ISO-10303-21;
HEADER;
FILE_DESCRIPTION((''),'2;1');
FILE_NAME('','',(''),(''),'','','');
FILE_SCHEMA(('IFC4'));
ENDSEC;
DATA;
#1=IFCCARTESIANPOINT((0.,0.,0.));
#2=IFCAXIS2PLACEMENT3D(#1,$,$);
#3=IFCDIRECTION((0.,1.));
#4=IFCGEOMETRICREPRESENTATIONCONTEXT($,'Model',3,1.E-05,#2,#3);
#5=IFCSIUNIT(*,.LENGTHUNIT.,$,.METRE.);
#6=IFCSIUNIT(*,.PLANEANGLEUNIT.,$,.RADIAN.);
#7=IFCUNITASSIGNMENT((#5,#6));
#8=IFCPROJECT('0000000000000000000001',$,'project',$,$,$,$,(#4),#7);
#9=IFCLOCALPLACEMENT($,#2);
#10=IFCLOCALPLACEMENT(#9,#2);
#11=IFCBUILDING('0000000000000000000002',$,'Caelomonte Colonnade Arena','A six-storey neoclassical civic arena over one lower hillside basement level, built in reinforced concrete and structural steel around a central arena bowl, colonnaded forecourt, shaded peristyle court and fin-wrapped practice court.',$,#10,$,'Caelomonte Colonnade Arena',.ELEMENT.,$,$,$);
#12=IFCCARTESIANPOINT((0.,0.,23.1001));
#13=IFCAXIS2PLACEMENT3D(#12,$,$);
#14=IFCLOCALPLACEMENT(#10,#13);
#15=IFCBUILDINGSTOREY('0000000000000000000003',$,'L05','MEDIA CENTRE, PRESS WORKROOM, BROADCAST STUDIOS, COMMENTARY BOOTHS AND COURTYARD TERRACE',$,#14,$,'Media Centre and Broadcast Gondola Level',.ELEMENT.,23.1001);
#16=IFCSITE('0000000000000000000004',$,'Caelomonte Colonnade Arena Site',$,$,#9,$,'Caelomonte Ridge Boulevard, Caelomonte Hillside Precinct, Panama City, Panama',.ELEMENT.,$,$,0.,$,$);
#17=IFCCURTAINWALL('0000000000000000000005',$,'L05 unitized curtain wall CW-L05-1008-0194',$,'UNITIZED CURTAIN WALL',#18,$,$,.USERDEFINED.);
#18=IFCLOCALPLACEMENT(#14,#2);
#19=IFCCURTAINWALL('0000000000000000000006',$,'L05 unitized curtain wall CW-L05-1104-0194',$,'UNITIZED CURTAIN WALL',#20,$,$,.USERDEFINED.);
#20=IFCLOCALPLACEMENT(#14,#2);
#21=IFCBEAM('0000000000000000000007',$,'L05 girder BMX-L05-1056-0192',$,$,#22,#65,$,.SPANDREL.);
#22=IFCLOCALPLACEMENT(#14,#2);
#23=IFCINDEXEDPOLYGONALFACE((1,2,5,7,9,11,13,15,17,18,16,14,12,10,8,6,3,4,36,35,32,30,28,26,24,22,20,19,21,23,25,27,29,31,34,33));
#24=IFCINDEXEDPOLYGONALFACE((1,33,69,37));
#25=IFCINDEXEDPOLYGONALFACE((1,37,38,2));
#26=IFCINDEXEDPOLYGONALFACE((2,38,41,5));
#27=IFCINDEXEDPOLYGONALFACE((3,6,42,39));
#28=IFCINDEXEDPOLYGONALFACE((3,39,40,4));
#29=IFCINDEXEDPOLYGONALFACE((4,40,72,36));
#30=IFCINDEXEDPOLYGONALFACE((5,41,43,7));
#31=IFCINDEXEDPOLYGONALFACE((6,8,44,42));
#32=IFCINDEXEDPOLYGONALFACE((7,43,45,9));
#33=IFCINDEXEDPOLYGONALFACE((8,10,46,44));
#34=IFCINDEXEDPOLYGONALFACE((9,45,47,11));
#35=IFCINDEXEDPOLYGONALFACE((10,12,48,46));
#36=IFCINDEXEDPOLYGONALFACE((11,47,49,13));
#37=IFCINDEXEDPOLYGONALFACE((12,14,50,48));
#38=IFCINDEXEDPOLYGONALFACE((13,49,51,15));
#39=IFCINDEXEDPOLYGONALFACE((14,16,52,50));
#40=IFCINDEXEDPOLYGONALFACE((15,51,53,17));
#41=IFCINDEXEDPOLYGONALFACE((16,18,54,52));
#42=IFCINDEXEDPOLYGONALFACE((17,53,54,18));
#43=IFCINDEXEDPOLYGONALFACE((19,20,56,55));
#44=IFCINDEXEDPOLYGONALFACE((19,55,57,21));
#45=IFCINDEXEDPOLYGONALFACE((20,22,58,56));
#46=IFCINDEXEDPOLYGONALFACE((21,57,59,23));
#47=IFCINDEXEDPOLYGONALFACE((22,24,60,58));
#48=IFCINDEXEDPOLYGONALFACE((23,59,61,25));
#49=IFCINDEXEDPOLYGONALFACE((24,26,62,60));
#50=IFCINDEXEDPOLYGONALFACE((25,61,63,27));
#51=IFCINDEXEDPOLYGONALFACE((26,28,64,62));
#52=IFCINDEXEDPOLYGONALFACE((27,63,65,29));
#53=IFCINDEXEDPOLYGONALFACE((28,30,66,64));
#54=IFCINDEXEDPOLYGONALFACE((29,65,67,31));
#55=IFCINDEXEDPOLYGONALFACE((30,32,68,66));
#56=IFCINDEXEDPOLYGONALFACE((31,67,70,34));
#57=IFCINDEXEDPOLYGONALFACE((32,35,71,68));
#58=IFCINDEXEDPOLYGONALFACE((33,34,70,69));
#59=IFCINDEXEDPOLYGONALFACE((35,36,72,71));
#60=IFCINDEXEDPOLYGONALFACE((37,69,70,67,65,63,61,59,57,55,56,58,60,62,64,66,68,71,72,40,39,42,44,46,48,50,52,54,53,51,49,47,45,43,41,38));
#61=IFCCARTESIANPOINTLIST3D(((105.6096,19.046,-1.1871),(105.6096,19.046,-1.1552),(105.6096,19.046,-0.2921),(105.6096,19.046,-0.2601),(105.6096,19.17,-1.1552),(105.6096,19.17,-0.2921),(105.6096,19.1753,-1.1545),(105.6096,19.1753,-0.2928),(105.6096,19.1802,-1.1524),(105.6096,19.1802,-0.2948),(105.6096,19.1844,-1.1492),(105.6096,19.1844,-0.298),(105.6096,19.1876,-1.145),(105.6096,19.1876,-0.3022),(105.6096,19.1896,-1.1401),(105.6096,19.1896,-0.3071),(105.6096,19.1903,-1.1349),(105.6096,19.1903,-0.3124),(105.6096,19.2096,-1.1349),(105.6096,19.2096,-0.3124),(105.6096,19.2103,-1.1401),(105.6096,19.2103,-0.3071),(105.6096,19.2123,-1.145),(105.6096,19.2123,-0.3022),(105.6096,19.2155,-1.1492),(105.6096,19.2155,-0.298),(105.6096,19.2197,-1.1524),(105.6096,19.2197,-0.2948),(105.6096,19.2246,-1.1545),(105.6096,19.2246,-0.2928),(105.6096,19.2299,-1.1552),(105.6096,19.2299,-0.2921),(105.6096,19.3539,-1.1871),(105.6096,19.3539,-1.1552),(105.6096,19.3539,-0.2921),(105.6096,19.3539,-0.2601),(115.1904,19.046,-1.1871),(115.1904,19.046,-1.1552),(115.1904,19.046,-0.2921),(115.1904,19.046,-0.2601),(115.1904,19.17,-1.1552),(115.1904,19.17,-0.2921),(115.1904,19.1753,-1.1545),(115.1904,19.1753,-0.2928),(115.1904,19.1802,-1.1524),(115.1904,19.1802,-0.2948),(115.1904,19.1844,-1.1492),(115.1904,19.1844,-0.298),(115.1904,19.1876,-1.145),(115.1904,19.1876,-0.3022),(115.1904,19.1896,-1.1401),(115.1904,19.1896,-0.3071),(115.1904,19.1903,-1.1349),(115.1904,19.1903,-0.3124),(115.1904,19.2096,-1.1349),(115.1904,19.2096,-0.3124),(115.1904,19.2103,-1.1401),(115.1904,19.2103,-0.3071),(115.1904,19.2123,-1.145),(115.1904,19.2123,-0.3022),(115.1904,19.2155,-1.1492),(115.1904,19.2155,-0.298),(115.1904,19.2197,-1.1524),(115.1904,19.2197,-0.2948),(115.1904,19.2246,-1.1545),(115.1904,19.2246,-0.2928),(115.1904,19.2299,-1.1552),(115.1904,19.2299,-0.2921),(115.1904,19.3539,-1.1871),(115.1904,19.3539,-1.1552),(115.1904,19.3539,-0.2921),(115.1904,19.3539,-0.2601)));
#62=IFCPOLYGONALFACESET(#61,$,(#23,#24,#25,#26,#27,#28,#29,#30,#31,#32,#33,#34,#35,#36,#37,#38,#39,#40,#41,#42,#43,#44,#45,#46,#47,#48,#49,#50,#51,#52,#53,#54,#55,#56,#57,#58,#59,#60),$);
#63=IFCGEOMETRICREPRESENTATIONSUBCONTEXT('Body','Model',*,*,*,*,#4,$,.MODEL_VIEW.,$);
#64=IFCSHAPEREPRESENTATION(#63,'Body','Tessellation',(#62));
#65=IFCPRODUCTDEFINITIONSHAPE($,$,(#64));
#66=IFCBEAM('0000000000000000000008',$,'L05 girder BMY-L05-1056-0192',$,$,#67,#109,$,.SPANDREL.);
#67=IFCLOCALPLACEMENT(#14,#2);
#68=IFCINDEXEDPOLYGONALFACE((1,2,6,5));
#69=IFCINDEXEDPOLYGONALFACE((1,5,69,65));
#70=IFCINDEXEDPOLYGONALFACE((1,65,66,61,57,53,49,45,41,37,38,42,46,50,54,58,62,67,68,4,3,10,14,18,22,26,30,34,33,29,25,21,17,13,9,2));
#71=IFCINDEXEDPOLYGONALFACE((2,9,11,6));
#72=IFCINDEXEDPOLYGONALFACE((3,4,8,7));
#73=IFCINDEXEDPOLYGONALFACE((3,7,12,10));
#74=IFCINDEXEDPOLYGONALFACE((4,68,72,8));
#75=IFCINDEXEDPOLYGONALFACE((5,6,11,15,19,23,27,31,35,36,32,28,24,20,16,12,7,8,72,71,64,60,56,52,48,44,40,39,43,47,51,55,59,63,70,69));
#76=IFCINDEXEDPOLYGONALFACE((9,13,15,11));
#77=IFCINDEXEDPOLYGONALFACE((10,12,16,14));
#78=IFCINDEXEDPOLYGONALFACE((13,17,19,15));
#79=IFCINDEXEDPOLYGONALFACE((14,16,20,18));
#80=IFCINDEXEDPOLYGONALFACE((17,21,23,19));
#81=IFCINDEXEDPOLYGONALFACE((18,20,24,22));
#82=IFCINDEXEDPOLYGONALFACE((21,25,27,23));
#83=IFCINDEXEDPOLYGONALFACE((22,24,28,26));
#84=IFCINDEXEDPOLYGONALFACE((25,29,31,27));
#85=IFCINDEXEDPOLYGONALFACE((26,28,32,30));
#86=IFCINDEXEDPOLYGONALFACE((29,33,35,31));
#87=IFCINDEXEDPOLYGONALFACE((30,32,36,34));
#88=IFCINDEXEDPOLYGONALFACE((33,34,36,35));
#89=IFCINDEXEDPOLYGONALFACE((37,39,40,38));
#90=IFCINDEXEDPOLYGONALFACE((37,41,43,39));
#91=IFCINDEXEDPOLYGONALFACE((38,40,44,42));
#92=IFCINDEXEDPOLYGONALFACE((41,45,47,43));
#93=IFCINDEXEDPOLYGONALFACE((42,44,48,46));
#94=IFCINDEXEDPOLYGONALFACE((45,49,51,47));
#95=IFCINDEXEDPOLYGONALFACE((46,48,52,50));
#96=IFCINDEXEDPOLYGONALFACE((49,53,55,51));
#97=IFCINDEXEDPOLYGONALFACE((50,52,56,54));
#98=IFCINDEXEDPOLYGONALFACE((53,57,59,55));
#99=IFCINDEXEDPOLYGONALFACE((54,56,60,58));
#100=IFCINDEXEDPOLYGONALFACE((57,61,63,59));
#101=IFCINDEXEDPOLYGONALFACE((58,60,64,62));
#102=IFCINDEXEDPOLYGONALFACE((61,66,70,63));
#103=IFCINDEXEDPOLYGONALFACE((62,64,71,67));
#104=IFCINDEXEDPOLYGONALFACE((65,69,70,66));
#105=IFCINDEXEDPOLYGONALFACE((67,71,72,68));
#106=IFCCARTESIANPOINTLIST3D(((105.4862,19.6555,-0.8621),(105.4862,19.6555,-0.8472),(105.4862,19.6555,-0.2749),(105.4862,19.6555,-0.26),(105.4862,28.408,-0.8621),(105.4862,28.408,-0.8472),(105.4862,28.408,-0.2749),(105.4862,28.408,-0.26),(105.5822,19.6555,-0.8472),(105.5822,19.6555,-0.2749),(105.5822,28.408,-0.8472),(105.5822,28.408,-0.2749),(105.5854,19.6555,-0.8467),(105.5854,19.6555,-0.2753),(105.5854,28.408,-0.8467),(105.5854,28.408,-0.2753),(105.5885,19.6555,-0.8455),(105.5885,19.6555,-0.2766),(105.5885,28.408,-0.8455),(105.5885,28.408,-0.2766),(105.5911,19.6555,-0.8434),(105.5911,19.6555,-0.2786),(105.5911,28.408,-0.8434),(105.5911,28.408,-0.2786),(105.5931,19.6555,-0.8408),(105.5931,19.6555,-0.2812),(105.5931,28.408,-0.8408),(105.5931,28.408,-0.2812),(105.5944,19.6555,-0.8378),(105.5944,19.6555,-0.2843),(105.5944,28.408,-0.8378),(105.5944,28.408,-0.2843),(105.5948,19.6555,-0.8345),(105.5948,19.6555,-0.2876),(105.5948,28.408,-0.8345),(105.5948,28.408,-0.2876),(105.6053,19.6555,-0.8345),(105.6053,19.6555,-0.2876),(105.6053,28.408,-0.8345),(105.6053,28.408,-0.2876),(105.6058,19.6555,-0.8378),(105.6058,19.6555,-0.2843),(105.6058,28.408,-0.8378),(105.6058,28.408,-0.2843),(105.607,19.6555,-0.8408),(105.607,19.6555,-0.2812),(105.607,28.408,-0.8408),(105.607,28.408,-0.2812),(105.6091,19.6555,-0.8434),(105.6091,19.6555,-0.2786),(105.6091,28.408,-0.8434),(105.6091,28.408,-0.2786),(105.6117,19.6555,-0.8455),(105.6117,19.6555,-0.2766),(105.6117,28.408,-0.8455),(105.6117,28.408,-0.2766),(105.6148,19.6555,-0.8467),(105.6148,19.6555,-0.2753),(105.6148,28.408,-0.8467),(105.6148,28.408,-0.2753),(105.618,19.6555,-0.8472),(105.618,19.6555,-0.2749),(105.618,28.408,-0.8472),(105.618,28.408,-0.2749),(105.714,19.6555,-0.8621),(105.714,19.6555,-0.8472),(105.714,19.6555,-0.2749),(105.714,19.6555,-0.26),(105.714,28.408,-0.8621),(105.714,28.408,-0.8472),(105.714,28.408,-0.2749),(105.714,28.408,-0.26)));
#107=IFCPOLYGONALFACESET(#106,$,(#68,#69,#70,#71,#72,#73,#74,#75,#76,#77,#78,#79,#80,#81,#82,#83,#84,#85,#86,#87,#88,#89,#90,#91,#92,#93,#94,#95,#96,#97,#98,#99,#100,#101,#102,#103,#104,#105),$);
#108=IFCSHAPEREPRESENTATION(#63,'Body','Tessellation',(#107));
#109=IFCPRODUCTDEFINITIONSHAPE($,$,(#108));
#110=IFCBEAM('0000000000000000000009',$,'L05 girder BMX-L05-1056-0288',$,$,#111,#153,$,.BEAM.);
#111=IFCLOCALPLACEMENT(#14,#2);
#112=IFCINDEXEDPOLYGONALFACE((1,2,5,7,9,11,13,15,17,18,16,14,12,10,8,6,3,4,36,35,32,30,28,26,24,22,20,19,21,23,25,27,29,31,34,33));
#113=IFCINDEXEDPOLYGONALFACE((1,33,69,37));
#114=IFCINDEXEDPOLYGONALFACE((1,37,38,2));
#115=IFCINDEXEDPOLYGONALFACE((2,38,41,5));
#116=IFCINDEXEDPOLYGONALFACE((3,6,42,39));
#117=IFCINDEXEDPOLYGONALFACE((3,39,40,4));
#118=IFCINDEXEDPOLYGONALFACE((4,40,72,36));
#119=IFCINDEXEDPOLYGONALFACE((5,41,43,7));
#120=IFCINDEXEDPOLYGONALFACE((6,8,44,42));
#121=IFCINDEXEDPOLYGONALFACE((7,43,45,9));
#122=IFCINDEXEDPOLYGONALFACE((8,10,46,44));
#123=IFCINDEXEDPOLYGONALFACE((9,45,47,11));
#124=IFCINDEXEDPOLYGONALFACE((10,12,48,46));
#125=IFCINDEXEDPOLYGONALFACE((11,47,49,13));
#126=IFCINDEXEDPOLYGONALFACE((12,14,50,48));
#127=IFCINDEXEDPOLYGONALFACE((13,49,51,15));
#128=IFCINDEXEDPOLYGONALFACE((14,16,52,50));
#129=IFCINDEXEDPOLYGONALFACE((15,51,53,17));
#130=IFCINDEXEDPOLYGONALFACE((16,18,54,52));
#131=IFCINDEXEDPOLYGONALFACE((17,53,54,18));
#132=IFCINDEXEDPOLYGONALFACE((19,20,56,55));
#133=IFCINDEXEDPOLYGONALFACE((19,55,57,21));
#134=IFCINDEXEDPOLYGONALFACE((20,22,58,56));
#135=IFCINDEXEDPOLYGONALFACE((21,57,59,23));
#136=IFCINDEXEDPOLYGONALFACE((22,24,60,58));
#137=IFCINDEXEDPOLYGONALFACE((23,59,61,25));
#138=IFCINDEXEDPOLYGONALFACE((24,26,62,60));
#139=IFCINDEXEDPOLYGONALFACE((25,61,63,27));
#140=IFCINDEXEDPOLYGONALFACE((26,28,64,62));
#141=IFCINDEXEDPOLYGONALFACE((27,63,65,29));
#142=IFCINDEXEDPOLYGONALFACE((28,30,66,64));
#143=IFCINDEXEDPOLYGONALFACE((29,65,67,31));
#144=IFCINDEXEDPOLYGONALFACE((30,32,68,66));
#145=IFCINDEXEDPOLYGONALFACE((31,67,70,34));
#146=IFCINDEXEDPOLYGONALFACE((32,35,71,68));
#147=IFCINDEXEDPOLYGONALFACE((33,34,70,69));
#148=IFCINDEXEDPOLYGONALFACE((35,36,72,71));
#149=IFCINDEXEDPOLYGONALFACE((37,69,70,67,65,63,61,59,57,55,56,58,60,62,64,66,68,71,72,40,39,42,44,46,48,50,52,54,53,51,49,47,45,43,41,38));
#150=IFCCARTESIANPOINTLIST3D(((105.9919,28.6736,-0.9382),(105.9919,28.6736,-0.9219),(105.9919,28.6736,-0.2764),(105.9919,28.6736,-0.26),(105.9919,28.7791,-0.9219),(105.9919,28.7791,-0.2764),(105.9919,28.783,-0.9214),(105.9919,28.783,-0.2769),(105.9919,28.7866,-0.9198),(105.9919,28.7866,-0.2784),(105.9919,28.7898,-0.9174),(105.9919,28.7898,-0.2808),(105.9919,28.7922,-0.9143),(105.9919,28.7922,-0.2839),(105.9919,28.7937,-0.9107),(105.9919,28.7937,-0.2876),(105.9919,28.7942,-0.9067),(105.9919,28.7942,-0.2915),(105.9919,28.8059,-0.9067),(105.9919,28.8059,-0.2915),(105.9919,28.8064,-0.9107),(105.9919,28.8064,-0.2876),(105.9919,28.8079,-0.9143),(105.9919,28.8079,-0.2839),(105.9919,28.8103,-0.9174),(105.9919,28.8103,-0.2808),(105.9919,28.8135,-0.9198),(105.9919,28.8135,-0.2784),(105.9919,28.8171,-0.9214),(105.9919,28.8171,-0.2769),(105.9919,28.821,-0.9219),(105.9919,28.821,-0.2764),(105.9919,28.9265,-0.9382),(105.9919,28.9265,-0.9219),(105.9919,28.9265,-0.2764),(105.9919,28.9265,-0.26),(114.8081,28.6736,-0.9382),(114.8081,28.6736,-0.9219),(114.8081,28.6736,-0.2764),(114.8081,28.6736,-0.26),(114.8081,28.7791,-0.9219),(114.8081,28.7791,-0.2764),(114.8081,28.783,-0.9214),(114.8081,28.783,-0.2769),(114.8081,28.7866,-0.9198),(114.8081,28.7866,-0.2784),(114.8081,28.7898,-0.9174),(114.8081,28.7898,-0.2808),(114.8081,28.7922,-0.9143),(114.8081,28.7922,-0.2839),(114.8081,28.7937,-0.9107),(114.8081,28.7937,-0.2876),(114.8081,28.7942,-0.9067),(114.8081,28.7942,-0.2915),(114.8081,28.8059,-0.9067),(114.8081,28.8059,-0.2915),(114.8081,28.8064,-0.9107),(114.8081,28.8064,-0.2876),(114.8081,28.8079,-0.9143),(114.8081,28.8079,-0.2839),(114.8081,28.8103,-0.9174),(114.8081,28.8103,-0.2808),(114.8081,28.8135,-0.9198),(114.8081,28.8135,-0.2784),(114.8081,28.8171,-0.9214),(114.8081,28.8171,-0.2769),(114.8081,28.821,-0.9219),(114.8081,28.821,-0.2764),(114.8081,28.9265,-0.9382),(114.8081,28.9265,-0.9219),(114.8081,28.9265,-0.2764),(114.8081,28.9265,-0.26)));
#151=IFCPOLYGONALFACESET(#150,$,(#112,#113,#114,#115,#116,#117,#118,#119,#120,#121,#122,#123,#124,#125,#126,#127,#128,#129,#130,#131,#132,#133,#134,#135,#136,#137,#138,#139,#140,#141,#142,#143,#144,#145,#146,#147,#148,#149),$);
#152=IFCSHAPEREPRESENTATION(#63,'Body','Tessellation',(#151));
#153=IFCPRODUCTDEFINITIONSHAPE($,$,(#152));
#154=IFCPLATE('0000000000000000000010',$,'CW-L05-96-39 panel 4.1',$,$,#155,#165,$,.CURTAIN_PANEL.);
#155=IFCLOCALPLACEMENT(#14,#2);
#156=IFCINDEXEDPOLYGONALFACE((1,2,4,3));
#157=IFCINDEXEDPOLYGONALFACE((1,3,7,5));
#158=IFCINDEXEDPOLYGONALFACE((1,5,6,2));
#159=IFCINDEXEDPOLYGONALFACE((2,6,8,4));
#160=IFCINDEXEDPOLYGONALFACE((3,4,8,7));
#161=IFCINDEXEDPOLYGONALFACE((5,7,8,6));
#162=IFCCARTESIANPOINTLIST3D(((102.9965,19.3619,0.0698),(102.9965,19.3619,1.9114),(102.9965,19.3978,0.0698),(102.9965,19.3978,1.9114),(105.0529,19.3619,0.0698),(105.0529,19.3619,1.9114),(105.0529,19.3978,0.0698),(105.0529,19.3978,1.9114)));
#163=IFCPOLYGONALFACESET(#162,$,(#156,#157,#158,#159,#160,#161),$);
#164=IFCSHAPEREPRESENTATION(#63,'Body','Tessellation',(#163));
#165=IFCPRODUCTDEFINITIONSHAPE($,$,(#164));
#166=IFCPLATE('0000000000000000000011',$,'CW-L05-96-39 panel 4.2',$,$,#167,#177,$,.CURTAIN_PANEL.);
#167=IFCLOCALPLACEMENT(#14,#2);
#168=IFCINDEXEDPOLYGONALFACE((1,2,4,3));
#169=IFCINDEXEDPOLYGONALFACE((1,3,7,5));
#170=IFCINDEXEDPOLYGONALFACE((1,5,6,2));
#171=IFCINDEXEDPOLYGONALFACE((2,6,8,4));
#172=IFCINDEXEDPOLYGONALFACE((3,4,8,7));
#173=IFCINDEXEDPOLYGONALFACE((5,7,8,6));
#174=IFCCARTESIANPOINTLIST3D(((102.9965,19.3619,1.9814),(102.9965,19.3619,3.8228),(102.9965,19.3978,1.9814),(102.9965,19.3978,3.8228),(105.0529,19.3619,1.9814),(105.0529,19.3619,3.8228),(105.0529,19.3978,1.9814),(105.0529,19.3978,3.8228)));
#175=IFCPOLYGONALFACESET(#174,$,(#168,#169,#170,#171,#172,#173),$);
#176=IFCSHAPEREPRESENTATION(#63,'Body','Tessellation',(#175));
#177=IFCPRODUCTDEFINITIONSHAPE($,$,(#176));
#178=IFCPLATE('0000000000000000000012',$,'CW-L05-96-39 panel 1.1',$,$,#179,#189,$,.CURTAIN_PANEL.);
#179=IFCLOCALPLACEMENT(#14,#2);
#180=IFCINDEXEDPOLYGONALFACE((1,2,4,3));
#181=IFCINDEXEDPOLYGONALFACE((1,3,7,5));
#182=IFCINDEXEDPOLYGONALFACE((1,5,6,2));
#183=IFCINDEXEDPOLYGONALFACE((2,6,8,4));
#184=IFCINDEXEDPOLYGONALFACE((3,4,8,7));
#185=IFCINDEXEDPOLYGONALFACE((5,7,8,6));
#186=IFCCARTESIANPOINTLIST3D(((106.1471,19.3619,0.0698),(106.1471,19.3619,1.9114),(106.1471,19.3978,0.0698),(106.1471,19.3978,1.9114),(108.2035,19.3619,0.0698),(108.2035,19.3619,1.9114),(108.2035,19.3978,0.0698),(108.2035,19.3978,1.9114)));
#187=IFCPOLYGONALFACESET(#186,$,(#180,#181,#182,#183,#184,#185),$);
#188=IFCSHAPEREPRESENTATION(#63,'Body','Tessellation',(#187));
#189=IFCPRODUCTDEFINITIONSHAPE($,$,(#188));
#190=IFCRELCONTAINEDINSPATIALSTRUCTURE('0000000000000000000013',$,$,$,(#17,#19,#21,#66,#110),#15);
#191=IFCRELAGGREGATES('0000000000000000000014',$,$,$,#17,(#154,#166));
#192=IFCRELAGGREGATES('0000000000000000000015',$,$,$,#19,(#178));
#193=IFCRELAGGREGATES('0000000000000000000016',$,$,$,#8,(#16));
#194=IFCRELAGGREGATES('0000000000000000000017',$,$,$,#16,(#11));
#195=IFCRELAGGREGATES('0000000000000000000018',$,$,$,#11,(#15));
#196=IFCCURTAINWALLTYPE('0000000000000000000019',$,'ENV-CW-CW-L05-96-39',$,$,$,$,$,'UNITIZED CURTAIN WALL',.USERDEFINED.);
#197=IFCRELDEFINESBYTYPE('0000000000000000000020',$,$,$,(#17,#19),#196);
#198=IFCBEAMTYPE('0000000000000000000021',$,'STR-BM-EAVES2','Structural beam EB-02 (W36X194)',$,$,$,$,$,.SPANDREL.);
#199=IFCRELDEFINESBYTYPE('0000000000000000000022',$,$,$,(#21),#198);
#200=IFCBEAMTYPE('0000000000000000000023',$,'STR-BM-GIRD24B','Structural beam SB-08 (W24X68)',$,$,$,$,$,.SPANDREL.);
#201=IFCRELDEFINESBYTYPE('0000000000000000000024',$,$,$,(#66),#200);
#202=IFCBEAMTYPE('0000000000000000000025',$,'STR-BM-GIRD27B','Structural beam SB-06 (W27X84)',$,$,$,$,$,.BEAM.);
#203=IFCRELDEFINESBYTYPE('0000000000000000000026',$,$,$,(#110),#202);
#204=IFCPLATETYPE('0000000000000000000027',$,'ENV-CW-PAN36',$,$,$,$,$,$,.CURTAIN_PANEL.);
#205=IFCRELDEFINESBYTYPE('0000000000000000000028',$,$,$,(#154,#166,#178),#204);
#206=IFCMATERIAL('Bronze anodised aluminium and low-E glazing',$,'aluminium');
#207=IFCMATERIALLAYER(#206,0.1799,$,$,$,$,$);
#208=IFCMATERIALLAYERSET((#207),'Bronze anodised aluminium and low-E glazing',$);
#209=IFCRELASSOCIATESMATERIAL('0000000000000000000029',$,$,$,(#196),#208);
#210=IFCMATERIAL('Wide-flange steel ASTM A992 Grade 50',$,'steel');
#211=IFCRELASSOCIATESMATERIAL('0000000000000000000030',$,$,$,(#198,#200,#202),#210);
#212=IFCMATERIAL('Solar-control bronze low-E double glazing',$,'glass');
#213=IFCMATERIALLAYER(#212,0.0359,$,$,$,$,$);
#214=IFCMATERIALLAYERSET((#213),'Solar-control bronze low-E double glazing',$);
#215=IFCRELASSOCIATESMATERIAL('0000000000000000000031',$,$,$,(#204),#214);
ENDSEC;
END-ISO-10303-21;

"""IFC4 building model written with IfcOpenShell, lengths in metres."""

from ifc_helpers import new_model, si_unit, direction, frame, origin, origin_2d, place, context, subcontext, project, spatial, rectangle, i_section, extrude, material, layer, layer_set, material_profile, profile_set, type_object, element, aggregate, save


model = new_model("IFC4")

# Units and contexts
model_context = context("Model", 3, precision=1e-05, world=origin(), true_north=direction((0.0, 1.0)))
body_context = subcontext(model_context, "Body", "Model", "MODEL_VIEW")
ifc_project = project(units=[si_unit("LENGTHUNIT", "METRE"), si_unit("PLANEANGLEUNIT", "RADIAN")], contexts=[model_context])

# Site, building, storey
site_placement = place(None, origin())
site = spatial("IfcSite", under=ifc_project, at=site_placement, Name="Caelomonte Colonnade Arena Site", LongName="Caelomonte Ridge Boulevard, Caelomonte Hillside Precinct, Panama City, Panama", CompositionType="ELEMENT", RefElevation=0.0)
building_placement = place(site_placement, origin())
building = spatial("IfcBuilding", under=site, at=building_placement, Name="Caelomonte Colonnade Arena", Description="A six-storey neoclassical civic arena over one lower hillside basement level, built in reinforced concrete and structural steel around a central arena bowl, colonnaded forecourt, shaded peristyle court and fin-wrapped practice court.", LongName="Caelomonte Colonnade Arena", CompositionType="ELEMENT")
storey_placement = place(building_placement, frame((0.0, 0.0, 23.1001)))
storey = spatial("IfcBuildingStorey", under=building, at=storey_placement, Name="L05", Description="MEDIA CENTRE, PRESS WORKROOM, BROADCAST STUDIOS, COMMENTARY BOOTHS AND COURTYARD TERRACE", LongName="Media Centre and Broadcast Gondola Level", CompositionType="ELEMENT", Elevation=23.1001)

# Shared definitions
ifc_material_1 = material(Name="Wide-flange steel ASTM A992 Grade 50", Category="steel")

# Curtain wall
ifc_material_2 = material(Name="Bronze anodised aluminium and low-E glazing", Category="aluminium")
ifc_layer_1 = layer(ifc_material_2, 0.1799)
ifc_layer_set_1 = layer_set([ifc_layer_1], Name="Bronze anodised aluminium and low-E glazing")
curtain_wall_type = type_object("IfcCurtainWallType", Name="ENV-CW-CW-L05-96-39", ElementType="UNITIZED CURTAIN WALL", PredefinedType="USERDEFINED", material=ifc_layer_set_1)
curtain_wall_1_placement = place(storey_placement, origin())
curtain_wall_1 = element("IfcCurtainWall", 1, at=curtain_wall_1_placement, inside=storey, type_object=curtain_wall_type, Name="L05 unitized curtain wall CW-L05-1008-0194", ObjectType="UNITIZED CURTAIN WALL", PredefinedType="USERDEFINED")

# Curtain wall
curtain_wall_2_placement = place(storey_placement, origin())
curtain_wall_2 = element("IfcCurtainWall", 2, at=curtain_wall_2_placement, inside=storey, type_object=curtain_wall_type, Name="L05 unitized curtain wall CW-L05-1104-0194", ObjectType="UNITIZED CURTAIN WALL", PredefinedType="USERDEFINED")

# Beams
ifc_material_profile_1 = material_profile(ifc_material_1, i_section(OverallWidth=0.3079, OverallDepth=0.927, WebThickness=0.0193, FlangeThickness=0.032, FilletRadius=0.0203, at=origin_2d()), Name="W36X194")
ifc_profile_set_1 = profile_set([ifc_material_profile_1], Name="Wide-flange steel ASTM A992 Grade 50")
beam_type_1 = type_object("IfcBeamType", Name="STR-BM-EAVES2", Description="Structural beam EB-02 (W36X194)", PredefinedType="SPANDREL", material=ifc_profile_set_1)
beam_1_placement = place(storey_placement, frame((105.6096, 19.2, -0.7236), z_axis=(1.0, 0.0, 0.0), x_axis=(0.0, 1.0, 0.0)))
element("IfcBeam", 3, at=beam_1_placement, inside=storey, type_object=beam_type_1, Name="L05 girder BMX-L05-1056-0192", PredefinedType="SPANDREL", context=body_context, shape_type="SweptSolid", body=[
    extrude(i_section(OverallWidth=0.3079, OverallDepth=0.927, WebThickness=0.0193, FlangeThickness=0.032, FilletRadius=0.0203, at=origin_2d()), origin(), (0.0, 0.0, 1.0), 9.5808),
])
ifc_material_profile_2 = material_profile(ifc_material_1, i_section(OverallWidth=0.2278, OverallDepth=0.6021, WebThickness=0.0105, FlangeThickness=0.0149, FilletRadius=0.0127, at=origin_2d()), Name="W24X68")
ifc_profile_set_2 = profile_set([ifc_material_profile_2], Name="Wide-flange steel ASTM A992 Grade 50")
beam_type_2 = type_object("IfcBeamType", Name="STR-BM-GIRD24B", Description="Structural beam SB-08 (W24X68)", PredefinedType="SPANDREL", material=ifc_profile_set_2)
beam_2_placement = place(storey_placement, frame((105.6001, 19.6555, -0.561), z_axis=(0.0, 1.0, 0.0), x_axis=(-1.0, 0.0, 0.0)))
element("IfcBeam", 4, at=beam_2_placement, inside=storey, type_object=beam_type_2, Name="L05 girder BMY-L05-1056-0192", PredefinedType="SPANDREL", context=body_context, shape_type="SweptSolid", body=[
    extrude(i_section(OverallWidth=0.2278, OverallDepth=0.6021, WebThickness=0.0105, FlangeThickness=0.0149, FilletRadius=0.0127, at=origin_2d()), origin(), (0.0, 0.0, 1.0), 8.7524),
])
ifc_material_profile_3 = material_profile(ifc_material_1, i_section(OverallWidth=0.2529, OverallDepth=0.6782, WebThickness=0.0117, FlangeThickness=0.0164, FilletRadius=0.0151, at=origin_2d()), Name="W27X84")
ifc_profile_set_3 = profile_set([ifc_material_profile_3], Name="Wide-flange steel ASTM A992 Grade 50")
beam_type_3 = type_object("IfcBeamType", Name="STR-BM-GIRD27B", Description="Structural beam SB-06 (W27X84)", PredefinedType="BEAM", material=ifc_profile_set_3)
beam_3_placement = place(storey_placement, frame((105.9919, 28.8, -0.5991), z_axis=(1.0, 0.0, 0.0), x_axis=(0.0, 1.0, 0.0)))
element("IfcBeam", 5, at=beam_3_placement, inside=storey, type_object=beam_type_3, Name="L05 girder BMX-L05-1056-0288", PredefinedType="BEAM", context=body_context, shape_type="SweptSolid", body=[
    extrude(i_section(OverallWidth=0.2529, OverallDepth=0.6782, WebThickness=0.0117, FlangeThickness=0.0164, FilletRadius=0.0151, at=origin_2d()), origin(), (0.0, 0.0, 1.0), 8.8162),
])

# Plates
ifc_material_3 = material(Name="Solar-control bronze low-E double glazing", Category="glass")
ifc_layer_2 = layer(ifc_material_3, 0.0359)
ifc_layer_set_2 = layer_set([ifc_layer_2], Name="Solar-control bronze low-E double glazing")
plate_type = type_object("IfcPlateType", Name="ENV-CW-PAN36", PredefinedType="CURTAIN_PANEL", material=ifc_layer_set_2)
plate_1_placement = place(storey_placement, frame((104.0247, 19.3799, 0.0698), z_axis=(0.0, 0.0, 1.0), x_axis=(1.0, 0.0, 0.0)))
plate_1 = element("IfcPlate", 6, at=plate_1_placement, type_object=plate_type, Name="CW-L05-96-39 panel 4.1", PredefinedType="CURTAIN_PANEL", context=body_context, shape_type="SweptSolid", body=[
    extrude(rectangle(XDim=2.0564, YDim=0.0359, at=origin_2d()), origin(), (0.0, 0.0, 1.0), 1.8416),
])
plate_2_placement = place(storey_placement, frame((104.0247, 19.3799, 1.9814), z_axis=(0.0, 0.0, 1.0), x_axis=(1.0, 0.0, 0.0)))
plate_2 = element("IfcPlate", 7, at=plate_2_placement, type_object=plate_type, Name="CW-L05-96-39 panel 4.2", PredefinedType="CURTAIN_PANEL", context=body_context, shape_type="SweptSolid", body=[
    extrude(rectangle(XDim=2.0564, YDim=0.0359, at=origin_2d()), origin(), (0.0, 0.0, 1.0), 1.8413),
])
aggregate(curtain_wall_1, [plate_1, plate_2])
plate_3_placement = place(storey_placement, frame((107.1753, 19.3799, 0.0698), z_axis=(0.0, 0.0, 1.0), x_axis=(1.0, 0.0, 0.0)))
plate_3 = element("IfcPlate", 8, at=plate_3_placement, type_object=plate_type, Name="CW-L05-96-39 panel 1.1", PredefinedType="CURTAIN_PANEL", context=body_context, shape_type="SweptSolid", body=[
    extrude(rectangle(XDim=2.0564, YDim=0.0359, at=origin_2d()), origin(), (0.0, 0.0, 1.0), 1.8416),
])
aggregate(curtain_wall_2, [plate_3])

save(model, "model.ifc")
